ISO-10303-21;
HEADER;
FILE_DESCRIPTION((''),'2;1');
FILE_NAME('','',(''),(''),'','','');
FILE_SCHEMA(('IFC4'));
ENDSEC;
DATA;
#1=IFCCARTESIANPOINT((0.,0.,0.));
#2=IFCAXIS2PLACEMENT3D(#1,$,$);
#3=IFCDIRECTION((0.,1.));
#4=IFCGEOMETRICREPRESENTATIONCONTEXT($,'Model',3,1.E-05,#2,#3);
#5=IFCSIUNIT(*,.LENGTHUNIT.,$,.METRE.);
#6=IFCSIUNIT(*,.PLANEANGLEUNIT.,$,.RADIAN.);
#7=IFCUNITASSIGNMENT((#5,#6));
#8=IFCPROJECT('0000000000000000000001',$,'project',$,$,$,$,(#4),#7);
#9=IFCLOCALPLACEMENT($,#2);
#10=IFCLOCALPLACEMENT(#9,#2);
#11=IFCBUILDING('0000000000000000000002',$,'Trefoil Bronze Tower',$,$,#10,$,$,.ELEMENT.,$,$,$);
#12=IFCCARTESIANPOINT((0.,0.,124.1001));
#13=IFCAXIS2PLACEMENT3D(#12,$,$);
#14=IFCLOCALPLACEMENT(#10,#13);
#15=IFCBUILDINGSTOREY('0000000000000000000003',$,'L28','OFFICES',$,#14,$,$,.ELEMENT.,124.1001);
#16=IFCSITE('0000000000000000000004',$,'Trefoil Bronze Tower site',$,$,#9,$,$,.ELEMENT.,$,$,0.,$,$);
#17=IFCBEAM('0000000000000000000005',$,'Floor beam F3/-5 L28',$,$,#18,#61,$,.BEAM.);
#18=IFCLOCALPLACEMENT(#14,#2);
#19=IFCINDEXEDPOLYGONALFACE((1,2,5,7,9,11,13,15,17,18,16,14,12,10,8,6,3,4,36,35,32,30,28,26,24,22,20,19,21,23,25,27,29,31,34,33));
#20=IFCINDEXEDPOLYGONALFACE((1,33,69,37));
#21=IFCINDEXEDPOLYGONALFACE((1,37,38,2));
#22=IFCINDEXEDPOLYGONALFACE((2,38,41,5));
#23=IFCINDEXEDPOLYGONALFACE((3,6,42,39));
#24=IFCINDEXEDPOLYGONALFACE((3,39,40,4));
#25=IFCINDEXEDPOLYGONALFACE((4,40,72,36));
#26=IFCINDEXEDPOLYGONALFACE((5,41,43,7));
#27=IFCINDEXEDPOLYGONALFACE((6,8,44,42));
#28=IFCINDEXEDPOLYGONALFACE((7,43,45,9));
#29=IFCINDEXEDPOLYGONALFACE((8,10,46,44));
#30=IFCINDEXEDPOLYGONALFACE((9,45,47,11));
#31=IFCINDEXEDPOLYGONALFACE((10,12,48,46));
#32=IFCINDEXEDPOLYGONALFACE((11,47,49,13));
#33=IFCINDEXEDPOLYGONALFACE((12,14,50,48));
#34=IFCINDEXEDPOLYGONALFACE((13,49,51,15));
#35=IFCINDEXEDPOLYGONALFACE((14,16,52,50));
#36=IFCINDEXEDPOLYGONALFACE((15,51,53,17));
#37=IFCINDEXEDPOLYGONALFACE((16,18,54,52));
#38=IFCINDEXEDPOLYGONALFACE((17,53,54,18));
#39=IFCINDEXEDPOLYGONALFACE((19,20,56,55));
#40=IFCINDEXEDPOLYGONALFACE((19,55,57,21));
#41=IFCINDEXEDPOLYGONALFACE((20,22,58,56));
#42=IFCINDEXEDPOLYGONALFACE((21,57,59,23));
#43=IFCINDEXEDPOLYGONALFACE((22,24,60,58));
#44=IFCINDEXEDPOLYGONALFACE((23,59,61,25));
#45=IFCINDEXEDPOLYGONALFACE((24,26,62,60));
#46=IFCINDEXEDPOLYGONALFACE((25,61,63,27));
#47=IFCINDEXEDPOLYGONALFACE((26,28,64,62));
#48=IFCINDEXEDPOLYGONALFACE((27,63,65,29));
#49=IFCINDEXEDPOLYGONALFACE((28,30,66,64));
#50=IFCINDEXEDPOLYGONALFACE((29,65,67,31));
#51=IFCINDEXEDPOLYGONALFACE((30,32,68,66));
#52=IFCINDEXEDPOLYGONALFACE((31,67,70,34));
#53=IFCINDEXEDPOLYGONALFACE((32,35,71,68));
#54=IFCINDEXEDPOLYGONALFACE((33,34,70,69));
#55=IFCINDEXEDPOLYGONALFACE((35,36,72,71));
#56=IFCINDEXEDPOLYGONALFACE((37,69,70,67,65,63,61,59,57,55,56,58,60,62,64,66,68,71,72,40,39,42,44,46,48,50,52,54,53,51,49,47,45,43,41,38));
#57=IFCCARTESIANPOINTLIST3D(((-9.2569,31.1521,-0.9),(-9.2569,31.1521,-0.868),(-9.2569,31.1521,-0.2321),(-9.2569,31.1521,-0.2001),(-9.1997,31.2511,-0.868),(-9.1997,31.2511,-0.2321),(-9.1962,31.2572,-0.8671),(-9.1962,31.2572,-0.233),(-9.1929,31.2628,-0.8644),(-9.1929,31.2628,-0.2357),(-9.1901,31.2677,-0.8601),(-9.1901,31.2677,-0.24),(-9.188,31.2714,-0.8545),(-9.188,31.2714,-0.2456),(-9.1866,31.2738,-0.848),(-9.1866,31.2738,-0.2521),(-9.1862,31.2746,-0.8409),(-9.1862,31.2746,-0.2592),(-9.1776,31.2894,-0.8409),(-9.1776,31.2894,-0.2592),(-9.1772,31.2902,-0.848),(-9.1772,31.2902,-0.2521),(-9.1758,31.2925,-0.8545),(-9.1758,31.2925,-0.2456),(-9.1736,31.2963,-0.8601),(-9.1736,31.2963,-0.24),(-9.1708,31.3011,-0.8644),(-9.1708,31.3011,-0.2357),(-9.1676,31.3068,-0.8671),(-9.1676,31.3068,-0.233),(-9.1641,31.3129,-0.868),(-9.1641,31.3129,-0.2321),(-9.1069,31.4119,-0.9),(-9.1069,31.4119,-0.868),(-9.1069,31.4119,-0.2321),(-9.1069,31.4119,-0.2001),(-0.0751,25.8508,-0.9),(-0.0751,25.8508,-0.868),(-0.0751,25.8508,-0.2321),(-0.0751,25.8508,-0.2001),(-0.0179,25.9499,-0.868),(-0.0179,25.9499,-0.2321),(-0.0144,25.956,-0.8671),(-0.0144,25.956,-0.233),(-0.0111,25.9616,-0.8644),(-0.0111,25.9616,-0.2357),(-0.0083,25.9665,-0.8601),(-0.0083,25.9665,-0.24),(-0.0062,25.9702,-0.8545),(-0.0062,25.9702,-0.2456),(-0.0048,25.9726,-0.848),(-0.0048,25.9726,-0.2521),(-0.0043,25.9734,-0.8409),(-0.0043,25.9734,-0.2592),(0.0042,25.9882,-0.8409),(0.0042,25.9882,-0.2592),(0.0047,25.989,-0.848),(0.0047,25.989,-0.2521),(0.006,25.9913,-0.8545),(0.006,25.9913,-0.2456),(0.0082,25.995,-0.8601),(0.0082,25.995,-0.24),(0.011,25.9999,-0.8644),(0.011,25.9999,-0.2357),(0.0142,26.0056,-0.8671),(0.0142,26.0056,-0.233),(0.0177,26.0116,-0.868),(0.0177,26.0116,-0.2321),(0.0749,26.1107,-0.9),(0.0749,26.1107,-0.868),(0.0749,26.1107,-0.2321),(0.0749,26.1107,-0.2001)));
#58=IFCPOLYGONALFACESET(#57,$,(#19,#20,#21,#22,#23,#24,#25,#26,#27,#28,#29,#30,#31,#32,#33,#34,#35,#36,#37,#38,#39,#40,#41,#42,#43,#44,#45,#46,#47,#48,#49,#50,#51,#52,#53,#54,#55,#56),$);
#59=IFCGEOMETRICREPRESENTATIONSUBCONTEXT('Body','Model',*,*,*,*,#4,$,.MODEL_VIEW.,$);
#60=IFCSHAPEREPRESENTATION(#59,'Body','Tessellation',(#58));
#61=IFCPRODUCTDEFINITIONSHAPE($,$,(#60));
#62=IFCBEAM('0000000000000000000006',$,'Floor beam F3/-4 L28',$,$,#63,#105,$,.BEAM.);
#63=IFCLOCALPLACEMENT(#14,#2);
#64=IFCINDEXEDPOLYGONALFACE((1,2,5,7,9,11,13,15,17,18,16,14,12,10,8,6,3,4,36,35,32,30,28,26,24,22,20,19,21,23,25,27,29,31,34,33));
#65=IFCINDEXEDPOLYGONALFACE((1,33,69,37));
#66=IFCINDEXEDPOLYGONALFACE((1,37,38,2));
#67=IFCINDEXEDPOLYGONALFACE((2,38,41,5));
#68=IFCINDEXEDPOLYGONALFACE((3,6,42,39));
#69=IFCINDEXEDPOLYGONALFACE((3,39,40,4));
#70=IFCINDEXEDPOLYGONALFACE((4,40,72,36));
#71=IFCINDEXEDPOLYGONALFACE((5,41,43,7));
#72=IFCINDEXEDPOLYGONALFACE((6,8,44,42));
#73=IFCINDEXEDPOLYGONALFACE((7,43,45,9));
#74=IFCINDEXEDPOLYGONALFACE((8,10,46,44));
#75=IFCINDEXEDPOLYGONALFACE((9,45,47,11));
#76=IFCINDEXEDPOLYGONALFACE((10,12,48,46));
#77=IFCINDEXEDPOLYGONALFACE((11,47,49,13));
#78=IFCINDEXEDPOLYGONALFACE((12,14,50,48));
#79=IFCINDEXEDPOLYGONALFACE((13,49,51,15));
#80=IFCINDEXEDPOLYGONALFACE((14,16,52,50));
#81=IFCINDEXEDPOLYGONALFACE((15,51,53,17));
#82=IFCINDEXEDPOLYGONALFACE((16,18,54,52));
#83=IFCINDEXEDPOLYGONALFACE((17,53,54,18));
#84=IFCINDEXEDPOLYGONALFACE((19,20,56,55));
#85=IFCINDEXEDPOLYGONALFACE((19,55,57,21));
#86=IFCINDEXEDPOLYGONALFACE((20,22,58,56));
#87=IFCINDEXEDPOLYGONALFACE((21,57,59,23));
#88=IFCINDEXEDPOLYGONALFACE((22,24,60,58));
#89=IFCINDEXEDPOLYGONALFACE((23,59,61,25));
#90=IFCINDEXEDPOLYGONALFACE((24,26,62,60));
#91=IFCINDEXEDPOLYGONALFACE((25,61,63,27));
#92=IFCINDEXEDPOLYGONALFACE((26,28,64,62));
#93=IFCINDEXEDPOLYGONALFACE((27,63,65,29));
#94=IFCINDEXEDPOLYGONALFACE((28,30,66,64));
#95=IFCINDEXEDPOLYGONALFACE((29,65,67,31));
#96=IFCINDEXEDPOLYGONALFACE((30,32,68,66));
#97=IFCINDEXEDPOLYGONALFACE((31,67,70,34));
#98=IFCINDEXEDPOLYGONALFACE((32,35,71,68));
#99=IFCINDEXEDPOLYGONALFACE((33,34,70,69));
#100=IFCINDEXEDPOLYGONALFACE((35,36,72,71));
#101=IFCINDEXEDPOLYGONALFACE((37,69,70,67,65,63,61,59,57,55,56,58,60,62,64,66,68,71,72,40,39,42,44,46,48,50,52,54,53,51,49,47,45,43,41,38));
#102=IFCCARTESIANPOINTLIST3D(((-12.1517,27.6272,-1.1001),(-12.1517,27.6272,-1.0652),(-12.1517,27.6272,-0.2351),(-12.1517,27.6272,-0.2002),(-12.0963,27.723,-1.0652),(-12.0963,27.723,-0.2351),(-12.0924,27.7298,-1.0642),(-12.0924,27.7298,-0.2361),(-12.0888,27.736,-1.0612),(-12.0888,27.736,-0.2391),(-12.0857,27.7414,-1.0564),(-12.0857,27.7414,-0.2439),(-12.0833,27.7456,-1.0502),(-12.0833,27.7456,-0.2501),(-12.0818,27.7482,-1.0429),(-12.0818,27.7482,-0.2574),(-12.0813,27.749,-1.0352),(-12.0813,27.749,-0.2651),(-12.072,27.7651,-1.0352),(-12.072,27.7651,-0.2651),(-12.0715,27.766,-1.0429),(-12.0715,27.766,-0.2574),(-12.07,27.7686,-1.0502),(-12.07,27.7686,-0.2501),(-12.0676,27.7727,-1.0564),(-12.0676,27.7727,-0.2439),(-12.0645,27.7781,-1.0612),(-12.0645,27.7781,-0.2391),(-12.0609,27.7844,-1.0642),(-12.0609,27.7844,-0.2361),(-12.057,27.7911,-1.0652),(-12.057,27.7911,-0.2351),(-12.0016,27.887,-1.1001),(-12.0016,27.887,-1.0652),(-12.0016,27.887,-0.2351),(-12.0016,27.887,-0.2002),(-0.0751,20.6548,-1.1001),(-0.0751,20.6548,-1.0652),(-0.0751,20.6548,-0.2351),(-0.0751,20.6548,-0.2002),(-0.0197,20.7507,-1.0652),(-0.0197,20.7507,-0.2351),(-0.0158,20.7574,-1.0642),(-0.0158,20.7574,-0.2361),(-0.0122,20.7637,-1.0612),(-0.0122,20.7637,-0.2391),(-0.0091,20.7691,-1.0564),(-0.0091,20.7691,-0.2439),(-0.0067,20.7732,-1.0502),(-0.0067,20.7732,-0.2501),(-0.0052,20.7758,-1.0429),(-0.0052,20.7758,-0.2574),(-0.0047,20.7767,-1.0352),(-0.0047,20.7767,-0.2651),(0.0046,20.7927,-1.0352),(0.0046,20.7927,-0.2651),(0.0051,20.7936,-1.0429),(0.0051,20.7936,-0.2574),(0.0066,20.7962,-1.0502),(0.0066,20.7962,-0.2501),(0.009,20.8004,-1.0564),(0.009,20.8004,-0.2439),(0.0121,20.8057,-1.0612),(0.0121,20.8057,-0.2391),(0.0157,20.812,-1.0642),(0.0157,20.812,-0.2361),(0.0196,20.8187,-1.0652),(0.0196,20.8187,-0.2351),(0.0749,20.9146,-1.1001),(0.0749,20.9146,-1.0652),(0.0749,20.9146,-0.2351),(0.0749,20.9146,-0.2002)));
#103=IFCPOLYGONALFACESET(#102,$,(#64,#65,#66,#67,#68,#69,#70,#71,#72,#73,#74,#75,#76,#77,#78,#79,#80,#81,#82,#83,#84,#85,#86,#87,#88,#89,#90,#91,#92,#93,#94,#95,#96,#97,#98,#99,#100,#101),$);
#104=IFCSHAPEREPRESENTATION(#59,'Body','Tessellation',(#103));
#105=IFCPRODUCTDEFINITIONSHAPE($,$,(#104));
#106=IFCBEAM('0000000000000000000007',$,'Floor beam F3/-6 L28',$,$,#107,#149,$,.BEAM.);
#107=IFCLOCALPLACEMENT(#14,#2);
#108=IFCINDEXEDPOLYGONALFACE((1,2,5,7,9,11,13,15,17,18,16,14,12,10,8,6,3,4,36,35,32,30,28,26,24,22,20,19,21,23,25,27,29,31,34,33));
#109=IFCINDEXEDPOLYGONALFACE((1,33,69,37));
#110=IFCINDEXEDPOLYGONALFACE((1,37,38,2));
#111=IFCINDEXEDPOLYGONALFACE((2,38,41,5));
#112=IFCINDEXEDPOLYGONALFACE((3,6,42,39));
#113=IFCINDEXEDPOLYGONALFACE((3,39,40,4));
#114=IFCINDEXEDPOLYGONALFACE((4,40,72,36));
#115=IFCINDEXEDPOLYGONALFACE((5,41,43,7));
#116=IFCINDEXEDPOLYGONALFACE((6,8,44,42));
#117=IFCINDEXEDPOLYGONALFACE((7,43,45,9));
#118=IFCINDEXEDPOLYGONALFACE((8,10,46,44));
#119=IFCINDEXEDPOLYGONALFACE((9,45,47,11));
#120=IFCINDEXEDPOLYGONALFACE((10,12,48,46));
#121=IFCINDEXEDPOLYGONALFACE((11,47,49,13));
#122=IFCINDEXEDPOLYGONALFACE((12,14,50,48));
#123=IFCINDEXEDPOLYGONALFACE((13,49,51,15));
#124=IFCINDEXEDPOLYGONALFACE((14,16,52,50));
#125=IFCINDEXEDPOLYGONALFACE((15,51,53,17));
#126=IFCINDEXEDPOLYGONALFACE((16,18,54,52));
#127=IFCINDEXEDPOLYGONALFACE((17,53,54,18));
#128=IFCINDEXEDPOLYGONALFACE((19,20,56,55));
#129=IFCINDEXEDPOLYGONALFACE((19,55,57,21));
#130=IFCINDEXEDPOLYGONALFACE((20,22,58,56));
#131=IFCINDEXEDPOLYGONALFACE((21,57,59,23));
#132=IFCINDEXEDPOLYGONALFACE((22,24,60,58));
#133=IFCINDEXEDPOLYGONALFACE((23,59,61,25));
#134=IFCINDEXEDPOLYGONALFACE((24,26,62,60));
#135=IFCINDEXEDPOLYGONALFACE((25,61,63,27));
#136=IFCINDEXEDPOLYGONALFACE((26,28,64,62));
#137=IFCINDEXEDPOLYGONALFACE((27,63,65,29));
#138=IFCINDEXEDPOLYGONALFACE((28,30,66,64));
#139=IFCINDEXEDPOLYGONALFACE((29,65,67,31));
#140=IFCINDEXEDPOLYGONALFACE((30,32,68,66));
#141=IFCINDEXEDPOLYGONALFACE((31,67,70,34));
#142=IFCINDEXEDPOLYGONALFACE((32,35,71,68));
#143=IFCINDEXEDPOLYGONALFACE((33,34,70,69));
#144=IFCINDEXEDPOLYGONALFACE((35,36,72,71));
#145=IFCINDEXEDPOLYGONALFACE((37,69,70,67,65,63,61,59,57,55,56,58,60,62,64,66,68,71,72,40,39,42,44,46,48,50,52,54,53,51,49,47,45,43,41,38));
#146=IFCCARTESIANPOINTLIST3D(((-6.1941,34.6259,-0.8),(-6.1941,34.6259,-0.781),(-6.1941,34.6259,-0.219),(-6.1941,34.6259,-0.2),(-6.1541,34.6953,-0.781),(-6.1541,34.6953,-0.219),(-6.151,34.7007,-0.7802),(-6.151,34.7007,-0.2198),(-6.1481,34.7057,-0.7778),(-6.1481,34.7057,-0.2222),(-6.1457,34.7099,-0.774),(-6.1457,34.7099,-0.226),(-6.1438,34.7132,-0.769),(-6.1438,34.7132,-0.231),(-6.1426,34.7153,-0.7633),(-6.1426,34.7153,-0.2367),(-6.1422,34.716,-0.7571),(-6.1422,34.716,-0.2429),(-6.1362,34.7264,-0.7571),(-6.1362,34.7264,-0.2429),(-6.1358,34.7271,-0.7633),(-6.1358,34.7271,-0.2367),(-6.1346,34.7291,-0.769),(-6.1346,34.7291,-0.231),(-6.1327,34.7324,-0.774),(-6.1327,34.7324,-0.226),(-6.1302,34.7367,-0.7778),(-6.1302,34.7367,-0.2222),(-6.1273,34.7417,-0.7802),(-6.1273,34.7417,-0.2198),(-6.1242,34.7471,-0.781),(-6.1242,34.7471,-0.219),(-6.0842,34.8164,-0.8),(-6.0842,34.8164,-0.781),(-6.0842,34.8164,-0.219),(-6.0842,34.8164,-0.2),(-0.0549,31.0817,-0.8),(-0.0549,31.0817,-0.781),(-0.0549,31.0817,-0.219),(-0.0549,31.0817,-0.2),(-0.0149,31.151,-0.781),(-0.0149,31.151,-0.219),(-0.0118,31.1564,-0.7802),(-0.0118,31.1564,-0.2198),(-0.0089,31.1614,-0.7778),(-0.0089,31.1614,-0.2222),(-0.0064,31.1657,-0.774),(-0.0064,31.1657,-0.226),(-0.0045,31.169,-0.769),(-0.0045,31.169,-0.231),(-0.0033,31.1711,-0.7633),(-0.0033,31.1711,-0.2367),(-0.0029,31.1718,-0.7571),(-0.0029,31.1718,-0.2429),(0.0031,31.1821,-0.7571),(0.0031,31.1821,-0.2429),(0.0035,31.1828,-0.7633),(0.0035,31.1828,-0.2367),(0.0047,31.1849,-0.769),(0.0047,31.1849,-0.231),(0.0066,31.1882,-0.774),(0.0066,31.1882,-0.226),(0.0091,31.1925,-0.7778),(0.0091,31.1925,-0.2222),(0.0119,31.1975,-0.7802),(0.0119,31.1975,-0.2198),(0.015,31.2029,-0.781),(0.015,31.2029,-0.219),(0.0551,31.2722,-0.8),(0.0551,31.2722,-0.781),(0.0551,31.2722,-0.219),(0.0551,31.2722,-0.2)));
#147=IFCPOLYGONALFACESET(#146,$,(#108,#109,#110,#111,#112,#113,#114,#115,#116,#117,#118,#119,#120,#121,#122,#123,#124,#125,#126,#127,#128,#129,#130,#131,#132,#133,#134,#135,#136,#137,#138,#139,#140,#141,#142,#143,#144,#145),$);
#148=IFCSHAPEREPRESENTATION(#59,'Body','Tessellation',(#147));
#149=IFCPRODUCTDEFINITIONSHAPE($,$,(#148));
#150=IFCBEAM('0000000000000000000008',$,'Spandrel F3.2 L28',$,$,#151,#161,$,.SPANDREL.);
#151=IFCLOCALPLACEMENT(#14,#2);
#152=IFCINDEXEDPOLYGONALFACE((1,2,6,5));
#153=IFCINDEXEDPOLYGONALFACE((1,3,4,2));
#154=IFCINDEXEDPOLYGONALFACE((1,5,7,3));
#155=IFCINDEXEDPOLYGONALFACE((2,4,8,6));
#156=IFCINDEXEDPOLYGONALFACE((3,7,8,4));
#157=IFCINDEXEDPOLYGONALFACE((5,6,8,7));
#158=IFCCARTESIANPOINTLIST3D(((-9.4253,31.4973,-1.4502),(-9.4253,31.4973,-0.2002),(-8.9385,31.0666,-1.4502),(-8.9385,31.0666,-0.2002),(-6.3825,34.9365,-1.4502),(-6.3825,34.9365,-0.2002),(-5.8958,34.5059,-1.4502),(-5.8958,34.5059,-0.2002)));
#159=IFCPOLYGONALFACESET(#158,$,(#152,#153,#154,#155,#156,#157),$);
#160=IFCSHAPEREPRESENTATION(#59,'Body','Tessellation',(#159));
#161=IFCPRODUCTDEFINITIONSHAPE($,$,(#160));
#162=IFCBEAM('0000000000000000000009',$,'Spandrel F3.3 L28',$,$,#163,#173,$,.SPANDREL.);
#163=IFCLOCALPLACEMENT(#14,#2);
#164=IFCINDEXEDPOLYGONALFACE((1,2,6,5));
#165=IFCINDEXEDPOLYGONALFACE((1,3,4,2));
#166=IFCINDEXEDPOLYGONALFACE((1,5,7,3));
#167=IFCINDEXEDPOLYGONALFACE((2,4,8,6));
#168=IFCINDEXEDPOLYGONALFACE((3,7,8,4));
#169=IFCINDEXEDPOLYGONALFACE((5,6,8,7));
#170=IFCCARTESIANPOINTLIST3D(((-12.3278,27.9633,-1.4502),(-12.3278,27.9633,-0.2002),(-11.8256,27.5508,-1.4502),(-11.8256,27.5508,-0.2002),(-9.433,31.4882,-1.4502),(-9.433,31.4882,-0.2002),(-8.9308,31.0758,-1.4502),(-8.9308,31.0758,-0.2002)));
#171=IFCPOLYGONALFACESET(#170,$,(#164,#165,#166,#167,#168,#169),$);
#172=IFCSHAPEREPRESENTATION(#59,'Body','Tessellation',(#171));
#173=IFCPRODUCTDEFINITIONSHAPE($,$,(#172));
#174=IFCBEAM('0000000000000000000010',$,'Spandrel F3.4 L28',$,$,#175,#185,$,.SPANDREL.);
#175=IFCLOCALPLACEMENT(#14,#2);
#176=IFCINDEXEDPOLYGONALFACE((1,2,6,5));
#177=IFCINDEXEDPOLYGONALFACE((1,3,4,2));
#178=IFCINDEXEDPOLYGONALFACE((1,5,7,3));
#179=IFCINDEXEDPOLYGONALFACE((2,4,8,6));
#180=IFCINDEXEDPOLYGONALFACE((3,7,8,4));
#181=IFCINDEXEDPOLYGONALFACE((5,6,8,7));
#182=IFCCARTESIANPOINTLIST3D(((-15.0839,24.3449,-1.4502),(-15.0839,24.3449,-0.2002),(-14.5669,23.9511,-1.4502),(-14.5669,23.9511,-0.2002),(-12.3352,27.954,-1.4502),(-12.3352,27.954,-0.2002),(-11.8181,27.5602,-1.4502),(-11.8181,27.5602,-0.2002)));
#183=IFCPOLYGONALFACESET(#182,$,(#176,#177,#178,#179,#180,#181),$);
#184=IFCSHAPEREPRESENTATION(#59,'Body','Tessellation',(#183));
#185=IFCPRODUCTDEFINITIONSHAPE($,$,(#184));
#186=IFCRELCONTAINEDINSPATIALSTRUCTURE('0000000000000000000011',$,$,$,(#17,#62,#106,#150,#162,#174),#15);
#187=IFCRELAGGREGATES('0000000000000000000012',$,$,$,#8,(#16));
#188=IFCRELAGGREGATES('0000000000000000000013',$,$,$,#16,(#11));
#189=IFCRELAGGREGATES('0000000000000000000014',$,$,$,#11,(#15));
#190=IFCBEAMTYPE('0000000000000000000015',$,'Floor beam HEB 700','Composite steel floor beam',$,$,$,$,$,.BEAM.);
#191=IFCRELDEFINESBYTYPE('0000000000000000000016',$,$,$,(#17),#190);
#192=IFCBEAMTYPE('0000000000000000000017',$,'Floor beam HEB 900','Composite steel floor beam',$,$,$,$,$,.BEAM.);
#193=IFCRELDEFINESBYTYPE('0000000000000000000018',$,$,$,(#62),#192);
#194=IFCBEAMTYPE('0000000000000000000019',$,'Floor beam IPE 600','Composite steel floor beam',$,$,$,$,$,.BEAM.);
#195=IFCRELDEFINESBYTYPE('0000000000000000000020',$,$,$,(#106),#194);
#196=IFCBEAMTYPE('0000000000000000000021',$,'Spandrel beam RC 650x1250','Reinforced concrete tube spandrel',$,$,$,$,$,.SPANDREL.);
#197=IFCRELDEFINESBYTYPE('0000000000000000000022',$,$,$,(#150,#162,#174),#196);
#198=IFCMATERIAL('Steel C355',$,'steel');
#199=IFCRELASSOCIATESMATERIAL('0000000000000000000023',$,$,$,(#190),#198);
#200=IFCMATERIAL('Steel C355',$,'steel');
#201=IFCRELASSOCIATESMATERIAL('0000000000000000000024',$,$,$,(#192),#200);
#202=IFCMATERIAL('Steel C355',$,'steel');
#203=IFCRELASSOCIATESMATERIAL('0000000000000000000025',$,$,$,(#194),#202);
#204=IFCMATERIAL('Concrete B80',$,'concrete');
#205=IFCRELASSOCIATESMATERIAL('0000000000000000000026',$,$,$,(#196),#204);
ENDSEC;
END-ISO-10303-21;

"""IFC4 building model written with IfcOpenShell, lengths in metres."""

from ifc_helpers import new_model, si_unit, direction, frame, origin, origin_2d, place, context, subcontext, project, spatial, rectangle, i_section, extrude, material, material_profile, profile_set, type_object, element, save


model = new_model("IFC4")

# Units and contexts
model_context = context("Model", 3, precision=1e-05, world=origin(), true_north=direction((0.0, 1.0)))
body_context = subcontext(model_context, "Body", "Model", "MODEL_VIEW")
ifc_project = project(units=[si_unit("LENGTHUNIT", "METRE"), si_unit("PLANEANGLEUNIT", "RADIAN")], contexts=[model_context])

# Site, building, storey
site_placement = place(None, origin())
site = spatial("IfcSite", under=ifc_project, at=site_placement, Name="Trefoil Bronze Tower site", CompositionType="ELEMENT", RefElevation=0.0)
building_placement = place(site_placement, origin())
building = spatial("IfcBuilding", under=site, at=building_placement, Name="Trefoil Bronze Tower", CompositionType="ELEMENT")
storey_placement = place(building_placement, frame((0.0, 0.0, 124.1001)))
storey = spatial("IfcBuildingStorey", under=building, at=storey_placement, Name="L28", Description="OFFICES", CompositionType="ELEMENT", Elevation=124.1001)

# Beams
ifc_material_1 = material(Name="Steel C355", Category="steel")
ifc_material_profile_1 = material_profile(ifc_material_1, i_section(OverallWidth=0.3, OverallDepth=0.7, WebThickness=0.0171, FlangeThickness=0.032, FilletRadius=0.0271, at=origin_2d()), Name="HEB 700")
ifc_profile_set_1 = profile_set([ifc_material_profile_1], Name="Steel C355")
beam_type_1 = type_object("IfcBeamType", Name="Floor beam HEB 700", Description="Composite steel floor beam", PredefinedType="BEAM", material=ifc_profile_set_1)
beam_1_placement = place(storey_placement, frame((-9.1819, 31.282, -0.55), z_axis=(0.866021, -0.500007, 0.0), x_axis=(0.500007, 0.866021, 0.0)))
element("IfcBeam", 1, at=beam_1_placement, inside=storey, type_object=beam_type_1, Name="Floor beam F3/-5 L28", PredefinedType="BEAM", context=body_context, shape_type="SweptSolid", body=[
    extrude(i_section(OverallWidth=0.3, OverallDepth=0.7, WebThickness=0.0171, FlangeThickness=0.032, FilletRadius=0.0271, at=origin_2d()), origin(), (0.0, 0.0, 1.0), 10.6023),
])
ifc_material_2 = material(Name="Steel C355", Category="steel")
ifc_material_profile_2 = material_profile(ifc_material_2, i_section(OverallWidth=0.3, OverallDepth=0.8999, WebThickness=0.0186, FlangeThickness=0.0349, FilletRadius=0.03, at=origin_2d()), Name="HEB 900")
ifc_profile_set_2 = profile_set([ifc_material_profile_2], Name="Steel C355")
beam_type_2 = type_object("IfcBeamType", Name="Floor beam HEB 900", Description="Composite steel floor beam", PredefinedType="BEAM", material=ifc_profile_set_2)
beam_2_placement = place(storey_placement, frame((-12.0767, 27.7571, -0.6501), z_axis=(0.866027, -0.499997, 0.0), x_axis=(0.499997, 0.866027, 0.0)))
element("IfcBeam", 2, at=beam_2_placement, inside=storey, type_object=beam_type_2, Name="Floor beam F3/-4 L28", PredefinedType="BEAM", context=body_context, shape_type="SweptSolid", body=[
    extrude(i_section(OverallWidth=0.3, OverallDepth=0.8999, WebThickness=0.0186, FlangeThickness=0.0349, FilletRadius=0.03, at=origin_2d()), origin(), (0.0, 0.0, 1.0), 13.9448),
])
ifc_material_3 = material(Name="Steel C355", Category="steel")
ifc_material_profile_3 = material_profile(ifc_material_3, i_section(OverallWidth=0.22, OverallDepth=0.6001, WebThickness=0.012, FlangeThickness=0.019, FilletRadius=0.0239, at=origin_2d()), Name="IPE 600")
ifc_profile_set_3 = profile_set([ifc_material_profile_3], Name="Steel C355")
beam_type_3 = type_object("IfcBeamType", Name="Floor beam IPE 600", Description="Composite steel floor beam", PredefinedType="BEAM", material=ifc_profile_set_3)
beam_3_placement = place(storey_placement, frame((-6.1392, 34.7212, -0.5), z_axis=(0.866041, -0.499973, 0.0), x_axis=(0.499973, 0.866041, 0.0)))
element("IfcBeam", 3, at=beam_3_placement, inside=storey, type_object=beam_type_3, Name="Floor beam F3/-6 L28", PredefinedType="BEAM", context=body_context, shape_type="SweptSolid", body=[
    extrude(i_section(OverallWidth=0.22, OverallDepth=0.6001, WebThickness=0.012, FlangeThickness=0.019, FilletRadius=0.0239, at=origin_2d()), origin(), (0.0, 0.0, 1.0), 7.0889),
])
ifc_material_4 = material(Name="Concrete B80", Category="concrete")
ifc_material_profile_4 = material_profile(ifc_material_4, rectangle(XDim=0.6499, YDim=1.25, at=origin_2d()), Name="RC 650x1250")
ifc_profile_set_4 = profile_set([ifc_material_profile_4], Name="Concrete B80")
beam_type_4 = type_object("IfcBeamType", Name="Spandrel beam RC 650x1250", Description="Reinforced concrete tube spandrel", PredefinedType="SPANDREL", material=ifc_profile_set_4)
beam_4_placement = place(storey_placement, frame((-6.1392, 34.7212, -0.8252), z_axis=(-0.662616, -0.748959, 0.0), x_axis=(0.748959, -0.662616, 0.0)))
element("IfcBeam", 4, at=beam_4_placement, inside=storey, type_object=beam_type_4, Name="Spandrel F3.2 L28", PredefinedType="SPANDREL", context=body_context, shape_type="SweptSolid", body=[
    extrude(rectangle(XDim=0.6499, YDim=1.25, at=origin_2d()), origin(), (0.0, 0.0, 1.0), 4.592),
])
beam_5_placement = place(storey_placement, frame((-9.1819, 31.282, -0.8252), z_axis=(-0.63465, -0.772799, 0.0), x_axis=(0.772799, -0.63465, 0.0)))
element("IfcBeam", 5, at=beam_5_placement, inside=storey, type_object=beam_type_4, Name="Spandrel F3.3 L28", PredefinedType="SPANDREL", context=body_context, shape_type="SweptSolid", body=[
    extrude(rectangle(XDim=0.6499, YDim=1.25, at=origin_2d()), origin(), (0.0, 0.0, 1.0), 4.5613),
])
beam_6_placement = place(storey_placement, frame((-12.0767, 27.7571, -0.8252), z_axis=(-0.605899, -0.795542, 0.0), x_axis=(0.795542, -0.605899, 0.0)))
element("IfcBeam", 6, at=beam_6_placement, inside=storey, type_object=beam_type_4, Name="Spandrel F3.4 L28", PredefinedType="SPANDREL", context=body_context, shape_type="SweptSolid", body=[
    extrude(rectangle(XDim=0.6499, YDim=1.25, at=origin_2d()), origin(), (0.0, 0.0, 1.0), 4.5366),
])

save(model, "model.ifc")
